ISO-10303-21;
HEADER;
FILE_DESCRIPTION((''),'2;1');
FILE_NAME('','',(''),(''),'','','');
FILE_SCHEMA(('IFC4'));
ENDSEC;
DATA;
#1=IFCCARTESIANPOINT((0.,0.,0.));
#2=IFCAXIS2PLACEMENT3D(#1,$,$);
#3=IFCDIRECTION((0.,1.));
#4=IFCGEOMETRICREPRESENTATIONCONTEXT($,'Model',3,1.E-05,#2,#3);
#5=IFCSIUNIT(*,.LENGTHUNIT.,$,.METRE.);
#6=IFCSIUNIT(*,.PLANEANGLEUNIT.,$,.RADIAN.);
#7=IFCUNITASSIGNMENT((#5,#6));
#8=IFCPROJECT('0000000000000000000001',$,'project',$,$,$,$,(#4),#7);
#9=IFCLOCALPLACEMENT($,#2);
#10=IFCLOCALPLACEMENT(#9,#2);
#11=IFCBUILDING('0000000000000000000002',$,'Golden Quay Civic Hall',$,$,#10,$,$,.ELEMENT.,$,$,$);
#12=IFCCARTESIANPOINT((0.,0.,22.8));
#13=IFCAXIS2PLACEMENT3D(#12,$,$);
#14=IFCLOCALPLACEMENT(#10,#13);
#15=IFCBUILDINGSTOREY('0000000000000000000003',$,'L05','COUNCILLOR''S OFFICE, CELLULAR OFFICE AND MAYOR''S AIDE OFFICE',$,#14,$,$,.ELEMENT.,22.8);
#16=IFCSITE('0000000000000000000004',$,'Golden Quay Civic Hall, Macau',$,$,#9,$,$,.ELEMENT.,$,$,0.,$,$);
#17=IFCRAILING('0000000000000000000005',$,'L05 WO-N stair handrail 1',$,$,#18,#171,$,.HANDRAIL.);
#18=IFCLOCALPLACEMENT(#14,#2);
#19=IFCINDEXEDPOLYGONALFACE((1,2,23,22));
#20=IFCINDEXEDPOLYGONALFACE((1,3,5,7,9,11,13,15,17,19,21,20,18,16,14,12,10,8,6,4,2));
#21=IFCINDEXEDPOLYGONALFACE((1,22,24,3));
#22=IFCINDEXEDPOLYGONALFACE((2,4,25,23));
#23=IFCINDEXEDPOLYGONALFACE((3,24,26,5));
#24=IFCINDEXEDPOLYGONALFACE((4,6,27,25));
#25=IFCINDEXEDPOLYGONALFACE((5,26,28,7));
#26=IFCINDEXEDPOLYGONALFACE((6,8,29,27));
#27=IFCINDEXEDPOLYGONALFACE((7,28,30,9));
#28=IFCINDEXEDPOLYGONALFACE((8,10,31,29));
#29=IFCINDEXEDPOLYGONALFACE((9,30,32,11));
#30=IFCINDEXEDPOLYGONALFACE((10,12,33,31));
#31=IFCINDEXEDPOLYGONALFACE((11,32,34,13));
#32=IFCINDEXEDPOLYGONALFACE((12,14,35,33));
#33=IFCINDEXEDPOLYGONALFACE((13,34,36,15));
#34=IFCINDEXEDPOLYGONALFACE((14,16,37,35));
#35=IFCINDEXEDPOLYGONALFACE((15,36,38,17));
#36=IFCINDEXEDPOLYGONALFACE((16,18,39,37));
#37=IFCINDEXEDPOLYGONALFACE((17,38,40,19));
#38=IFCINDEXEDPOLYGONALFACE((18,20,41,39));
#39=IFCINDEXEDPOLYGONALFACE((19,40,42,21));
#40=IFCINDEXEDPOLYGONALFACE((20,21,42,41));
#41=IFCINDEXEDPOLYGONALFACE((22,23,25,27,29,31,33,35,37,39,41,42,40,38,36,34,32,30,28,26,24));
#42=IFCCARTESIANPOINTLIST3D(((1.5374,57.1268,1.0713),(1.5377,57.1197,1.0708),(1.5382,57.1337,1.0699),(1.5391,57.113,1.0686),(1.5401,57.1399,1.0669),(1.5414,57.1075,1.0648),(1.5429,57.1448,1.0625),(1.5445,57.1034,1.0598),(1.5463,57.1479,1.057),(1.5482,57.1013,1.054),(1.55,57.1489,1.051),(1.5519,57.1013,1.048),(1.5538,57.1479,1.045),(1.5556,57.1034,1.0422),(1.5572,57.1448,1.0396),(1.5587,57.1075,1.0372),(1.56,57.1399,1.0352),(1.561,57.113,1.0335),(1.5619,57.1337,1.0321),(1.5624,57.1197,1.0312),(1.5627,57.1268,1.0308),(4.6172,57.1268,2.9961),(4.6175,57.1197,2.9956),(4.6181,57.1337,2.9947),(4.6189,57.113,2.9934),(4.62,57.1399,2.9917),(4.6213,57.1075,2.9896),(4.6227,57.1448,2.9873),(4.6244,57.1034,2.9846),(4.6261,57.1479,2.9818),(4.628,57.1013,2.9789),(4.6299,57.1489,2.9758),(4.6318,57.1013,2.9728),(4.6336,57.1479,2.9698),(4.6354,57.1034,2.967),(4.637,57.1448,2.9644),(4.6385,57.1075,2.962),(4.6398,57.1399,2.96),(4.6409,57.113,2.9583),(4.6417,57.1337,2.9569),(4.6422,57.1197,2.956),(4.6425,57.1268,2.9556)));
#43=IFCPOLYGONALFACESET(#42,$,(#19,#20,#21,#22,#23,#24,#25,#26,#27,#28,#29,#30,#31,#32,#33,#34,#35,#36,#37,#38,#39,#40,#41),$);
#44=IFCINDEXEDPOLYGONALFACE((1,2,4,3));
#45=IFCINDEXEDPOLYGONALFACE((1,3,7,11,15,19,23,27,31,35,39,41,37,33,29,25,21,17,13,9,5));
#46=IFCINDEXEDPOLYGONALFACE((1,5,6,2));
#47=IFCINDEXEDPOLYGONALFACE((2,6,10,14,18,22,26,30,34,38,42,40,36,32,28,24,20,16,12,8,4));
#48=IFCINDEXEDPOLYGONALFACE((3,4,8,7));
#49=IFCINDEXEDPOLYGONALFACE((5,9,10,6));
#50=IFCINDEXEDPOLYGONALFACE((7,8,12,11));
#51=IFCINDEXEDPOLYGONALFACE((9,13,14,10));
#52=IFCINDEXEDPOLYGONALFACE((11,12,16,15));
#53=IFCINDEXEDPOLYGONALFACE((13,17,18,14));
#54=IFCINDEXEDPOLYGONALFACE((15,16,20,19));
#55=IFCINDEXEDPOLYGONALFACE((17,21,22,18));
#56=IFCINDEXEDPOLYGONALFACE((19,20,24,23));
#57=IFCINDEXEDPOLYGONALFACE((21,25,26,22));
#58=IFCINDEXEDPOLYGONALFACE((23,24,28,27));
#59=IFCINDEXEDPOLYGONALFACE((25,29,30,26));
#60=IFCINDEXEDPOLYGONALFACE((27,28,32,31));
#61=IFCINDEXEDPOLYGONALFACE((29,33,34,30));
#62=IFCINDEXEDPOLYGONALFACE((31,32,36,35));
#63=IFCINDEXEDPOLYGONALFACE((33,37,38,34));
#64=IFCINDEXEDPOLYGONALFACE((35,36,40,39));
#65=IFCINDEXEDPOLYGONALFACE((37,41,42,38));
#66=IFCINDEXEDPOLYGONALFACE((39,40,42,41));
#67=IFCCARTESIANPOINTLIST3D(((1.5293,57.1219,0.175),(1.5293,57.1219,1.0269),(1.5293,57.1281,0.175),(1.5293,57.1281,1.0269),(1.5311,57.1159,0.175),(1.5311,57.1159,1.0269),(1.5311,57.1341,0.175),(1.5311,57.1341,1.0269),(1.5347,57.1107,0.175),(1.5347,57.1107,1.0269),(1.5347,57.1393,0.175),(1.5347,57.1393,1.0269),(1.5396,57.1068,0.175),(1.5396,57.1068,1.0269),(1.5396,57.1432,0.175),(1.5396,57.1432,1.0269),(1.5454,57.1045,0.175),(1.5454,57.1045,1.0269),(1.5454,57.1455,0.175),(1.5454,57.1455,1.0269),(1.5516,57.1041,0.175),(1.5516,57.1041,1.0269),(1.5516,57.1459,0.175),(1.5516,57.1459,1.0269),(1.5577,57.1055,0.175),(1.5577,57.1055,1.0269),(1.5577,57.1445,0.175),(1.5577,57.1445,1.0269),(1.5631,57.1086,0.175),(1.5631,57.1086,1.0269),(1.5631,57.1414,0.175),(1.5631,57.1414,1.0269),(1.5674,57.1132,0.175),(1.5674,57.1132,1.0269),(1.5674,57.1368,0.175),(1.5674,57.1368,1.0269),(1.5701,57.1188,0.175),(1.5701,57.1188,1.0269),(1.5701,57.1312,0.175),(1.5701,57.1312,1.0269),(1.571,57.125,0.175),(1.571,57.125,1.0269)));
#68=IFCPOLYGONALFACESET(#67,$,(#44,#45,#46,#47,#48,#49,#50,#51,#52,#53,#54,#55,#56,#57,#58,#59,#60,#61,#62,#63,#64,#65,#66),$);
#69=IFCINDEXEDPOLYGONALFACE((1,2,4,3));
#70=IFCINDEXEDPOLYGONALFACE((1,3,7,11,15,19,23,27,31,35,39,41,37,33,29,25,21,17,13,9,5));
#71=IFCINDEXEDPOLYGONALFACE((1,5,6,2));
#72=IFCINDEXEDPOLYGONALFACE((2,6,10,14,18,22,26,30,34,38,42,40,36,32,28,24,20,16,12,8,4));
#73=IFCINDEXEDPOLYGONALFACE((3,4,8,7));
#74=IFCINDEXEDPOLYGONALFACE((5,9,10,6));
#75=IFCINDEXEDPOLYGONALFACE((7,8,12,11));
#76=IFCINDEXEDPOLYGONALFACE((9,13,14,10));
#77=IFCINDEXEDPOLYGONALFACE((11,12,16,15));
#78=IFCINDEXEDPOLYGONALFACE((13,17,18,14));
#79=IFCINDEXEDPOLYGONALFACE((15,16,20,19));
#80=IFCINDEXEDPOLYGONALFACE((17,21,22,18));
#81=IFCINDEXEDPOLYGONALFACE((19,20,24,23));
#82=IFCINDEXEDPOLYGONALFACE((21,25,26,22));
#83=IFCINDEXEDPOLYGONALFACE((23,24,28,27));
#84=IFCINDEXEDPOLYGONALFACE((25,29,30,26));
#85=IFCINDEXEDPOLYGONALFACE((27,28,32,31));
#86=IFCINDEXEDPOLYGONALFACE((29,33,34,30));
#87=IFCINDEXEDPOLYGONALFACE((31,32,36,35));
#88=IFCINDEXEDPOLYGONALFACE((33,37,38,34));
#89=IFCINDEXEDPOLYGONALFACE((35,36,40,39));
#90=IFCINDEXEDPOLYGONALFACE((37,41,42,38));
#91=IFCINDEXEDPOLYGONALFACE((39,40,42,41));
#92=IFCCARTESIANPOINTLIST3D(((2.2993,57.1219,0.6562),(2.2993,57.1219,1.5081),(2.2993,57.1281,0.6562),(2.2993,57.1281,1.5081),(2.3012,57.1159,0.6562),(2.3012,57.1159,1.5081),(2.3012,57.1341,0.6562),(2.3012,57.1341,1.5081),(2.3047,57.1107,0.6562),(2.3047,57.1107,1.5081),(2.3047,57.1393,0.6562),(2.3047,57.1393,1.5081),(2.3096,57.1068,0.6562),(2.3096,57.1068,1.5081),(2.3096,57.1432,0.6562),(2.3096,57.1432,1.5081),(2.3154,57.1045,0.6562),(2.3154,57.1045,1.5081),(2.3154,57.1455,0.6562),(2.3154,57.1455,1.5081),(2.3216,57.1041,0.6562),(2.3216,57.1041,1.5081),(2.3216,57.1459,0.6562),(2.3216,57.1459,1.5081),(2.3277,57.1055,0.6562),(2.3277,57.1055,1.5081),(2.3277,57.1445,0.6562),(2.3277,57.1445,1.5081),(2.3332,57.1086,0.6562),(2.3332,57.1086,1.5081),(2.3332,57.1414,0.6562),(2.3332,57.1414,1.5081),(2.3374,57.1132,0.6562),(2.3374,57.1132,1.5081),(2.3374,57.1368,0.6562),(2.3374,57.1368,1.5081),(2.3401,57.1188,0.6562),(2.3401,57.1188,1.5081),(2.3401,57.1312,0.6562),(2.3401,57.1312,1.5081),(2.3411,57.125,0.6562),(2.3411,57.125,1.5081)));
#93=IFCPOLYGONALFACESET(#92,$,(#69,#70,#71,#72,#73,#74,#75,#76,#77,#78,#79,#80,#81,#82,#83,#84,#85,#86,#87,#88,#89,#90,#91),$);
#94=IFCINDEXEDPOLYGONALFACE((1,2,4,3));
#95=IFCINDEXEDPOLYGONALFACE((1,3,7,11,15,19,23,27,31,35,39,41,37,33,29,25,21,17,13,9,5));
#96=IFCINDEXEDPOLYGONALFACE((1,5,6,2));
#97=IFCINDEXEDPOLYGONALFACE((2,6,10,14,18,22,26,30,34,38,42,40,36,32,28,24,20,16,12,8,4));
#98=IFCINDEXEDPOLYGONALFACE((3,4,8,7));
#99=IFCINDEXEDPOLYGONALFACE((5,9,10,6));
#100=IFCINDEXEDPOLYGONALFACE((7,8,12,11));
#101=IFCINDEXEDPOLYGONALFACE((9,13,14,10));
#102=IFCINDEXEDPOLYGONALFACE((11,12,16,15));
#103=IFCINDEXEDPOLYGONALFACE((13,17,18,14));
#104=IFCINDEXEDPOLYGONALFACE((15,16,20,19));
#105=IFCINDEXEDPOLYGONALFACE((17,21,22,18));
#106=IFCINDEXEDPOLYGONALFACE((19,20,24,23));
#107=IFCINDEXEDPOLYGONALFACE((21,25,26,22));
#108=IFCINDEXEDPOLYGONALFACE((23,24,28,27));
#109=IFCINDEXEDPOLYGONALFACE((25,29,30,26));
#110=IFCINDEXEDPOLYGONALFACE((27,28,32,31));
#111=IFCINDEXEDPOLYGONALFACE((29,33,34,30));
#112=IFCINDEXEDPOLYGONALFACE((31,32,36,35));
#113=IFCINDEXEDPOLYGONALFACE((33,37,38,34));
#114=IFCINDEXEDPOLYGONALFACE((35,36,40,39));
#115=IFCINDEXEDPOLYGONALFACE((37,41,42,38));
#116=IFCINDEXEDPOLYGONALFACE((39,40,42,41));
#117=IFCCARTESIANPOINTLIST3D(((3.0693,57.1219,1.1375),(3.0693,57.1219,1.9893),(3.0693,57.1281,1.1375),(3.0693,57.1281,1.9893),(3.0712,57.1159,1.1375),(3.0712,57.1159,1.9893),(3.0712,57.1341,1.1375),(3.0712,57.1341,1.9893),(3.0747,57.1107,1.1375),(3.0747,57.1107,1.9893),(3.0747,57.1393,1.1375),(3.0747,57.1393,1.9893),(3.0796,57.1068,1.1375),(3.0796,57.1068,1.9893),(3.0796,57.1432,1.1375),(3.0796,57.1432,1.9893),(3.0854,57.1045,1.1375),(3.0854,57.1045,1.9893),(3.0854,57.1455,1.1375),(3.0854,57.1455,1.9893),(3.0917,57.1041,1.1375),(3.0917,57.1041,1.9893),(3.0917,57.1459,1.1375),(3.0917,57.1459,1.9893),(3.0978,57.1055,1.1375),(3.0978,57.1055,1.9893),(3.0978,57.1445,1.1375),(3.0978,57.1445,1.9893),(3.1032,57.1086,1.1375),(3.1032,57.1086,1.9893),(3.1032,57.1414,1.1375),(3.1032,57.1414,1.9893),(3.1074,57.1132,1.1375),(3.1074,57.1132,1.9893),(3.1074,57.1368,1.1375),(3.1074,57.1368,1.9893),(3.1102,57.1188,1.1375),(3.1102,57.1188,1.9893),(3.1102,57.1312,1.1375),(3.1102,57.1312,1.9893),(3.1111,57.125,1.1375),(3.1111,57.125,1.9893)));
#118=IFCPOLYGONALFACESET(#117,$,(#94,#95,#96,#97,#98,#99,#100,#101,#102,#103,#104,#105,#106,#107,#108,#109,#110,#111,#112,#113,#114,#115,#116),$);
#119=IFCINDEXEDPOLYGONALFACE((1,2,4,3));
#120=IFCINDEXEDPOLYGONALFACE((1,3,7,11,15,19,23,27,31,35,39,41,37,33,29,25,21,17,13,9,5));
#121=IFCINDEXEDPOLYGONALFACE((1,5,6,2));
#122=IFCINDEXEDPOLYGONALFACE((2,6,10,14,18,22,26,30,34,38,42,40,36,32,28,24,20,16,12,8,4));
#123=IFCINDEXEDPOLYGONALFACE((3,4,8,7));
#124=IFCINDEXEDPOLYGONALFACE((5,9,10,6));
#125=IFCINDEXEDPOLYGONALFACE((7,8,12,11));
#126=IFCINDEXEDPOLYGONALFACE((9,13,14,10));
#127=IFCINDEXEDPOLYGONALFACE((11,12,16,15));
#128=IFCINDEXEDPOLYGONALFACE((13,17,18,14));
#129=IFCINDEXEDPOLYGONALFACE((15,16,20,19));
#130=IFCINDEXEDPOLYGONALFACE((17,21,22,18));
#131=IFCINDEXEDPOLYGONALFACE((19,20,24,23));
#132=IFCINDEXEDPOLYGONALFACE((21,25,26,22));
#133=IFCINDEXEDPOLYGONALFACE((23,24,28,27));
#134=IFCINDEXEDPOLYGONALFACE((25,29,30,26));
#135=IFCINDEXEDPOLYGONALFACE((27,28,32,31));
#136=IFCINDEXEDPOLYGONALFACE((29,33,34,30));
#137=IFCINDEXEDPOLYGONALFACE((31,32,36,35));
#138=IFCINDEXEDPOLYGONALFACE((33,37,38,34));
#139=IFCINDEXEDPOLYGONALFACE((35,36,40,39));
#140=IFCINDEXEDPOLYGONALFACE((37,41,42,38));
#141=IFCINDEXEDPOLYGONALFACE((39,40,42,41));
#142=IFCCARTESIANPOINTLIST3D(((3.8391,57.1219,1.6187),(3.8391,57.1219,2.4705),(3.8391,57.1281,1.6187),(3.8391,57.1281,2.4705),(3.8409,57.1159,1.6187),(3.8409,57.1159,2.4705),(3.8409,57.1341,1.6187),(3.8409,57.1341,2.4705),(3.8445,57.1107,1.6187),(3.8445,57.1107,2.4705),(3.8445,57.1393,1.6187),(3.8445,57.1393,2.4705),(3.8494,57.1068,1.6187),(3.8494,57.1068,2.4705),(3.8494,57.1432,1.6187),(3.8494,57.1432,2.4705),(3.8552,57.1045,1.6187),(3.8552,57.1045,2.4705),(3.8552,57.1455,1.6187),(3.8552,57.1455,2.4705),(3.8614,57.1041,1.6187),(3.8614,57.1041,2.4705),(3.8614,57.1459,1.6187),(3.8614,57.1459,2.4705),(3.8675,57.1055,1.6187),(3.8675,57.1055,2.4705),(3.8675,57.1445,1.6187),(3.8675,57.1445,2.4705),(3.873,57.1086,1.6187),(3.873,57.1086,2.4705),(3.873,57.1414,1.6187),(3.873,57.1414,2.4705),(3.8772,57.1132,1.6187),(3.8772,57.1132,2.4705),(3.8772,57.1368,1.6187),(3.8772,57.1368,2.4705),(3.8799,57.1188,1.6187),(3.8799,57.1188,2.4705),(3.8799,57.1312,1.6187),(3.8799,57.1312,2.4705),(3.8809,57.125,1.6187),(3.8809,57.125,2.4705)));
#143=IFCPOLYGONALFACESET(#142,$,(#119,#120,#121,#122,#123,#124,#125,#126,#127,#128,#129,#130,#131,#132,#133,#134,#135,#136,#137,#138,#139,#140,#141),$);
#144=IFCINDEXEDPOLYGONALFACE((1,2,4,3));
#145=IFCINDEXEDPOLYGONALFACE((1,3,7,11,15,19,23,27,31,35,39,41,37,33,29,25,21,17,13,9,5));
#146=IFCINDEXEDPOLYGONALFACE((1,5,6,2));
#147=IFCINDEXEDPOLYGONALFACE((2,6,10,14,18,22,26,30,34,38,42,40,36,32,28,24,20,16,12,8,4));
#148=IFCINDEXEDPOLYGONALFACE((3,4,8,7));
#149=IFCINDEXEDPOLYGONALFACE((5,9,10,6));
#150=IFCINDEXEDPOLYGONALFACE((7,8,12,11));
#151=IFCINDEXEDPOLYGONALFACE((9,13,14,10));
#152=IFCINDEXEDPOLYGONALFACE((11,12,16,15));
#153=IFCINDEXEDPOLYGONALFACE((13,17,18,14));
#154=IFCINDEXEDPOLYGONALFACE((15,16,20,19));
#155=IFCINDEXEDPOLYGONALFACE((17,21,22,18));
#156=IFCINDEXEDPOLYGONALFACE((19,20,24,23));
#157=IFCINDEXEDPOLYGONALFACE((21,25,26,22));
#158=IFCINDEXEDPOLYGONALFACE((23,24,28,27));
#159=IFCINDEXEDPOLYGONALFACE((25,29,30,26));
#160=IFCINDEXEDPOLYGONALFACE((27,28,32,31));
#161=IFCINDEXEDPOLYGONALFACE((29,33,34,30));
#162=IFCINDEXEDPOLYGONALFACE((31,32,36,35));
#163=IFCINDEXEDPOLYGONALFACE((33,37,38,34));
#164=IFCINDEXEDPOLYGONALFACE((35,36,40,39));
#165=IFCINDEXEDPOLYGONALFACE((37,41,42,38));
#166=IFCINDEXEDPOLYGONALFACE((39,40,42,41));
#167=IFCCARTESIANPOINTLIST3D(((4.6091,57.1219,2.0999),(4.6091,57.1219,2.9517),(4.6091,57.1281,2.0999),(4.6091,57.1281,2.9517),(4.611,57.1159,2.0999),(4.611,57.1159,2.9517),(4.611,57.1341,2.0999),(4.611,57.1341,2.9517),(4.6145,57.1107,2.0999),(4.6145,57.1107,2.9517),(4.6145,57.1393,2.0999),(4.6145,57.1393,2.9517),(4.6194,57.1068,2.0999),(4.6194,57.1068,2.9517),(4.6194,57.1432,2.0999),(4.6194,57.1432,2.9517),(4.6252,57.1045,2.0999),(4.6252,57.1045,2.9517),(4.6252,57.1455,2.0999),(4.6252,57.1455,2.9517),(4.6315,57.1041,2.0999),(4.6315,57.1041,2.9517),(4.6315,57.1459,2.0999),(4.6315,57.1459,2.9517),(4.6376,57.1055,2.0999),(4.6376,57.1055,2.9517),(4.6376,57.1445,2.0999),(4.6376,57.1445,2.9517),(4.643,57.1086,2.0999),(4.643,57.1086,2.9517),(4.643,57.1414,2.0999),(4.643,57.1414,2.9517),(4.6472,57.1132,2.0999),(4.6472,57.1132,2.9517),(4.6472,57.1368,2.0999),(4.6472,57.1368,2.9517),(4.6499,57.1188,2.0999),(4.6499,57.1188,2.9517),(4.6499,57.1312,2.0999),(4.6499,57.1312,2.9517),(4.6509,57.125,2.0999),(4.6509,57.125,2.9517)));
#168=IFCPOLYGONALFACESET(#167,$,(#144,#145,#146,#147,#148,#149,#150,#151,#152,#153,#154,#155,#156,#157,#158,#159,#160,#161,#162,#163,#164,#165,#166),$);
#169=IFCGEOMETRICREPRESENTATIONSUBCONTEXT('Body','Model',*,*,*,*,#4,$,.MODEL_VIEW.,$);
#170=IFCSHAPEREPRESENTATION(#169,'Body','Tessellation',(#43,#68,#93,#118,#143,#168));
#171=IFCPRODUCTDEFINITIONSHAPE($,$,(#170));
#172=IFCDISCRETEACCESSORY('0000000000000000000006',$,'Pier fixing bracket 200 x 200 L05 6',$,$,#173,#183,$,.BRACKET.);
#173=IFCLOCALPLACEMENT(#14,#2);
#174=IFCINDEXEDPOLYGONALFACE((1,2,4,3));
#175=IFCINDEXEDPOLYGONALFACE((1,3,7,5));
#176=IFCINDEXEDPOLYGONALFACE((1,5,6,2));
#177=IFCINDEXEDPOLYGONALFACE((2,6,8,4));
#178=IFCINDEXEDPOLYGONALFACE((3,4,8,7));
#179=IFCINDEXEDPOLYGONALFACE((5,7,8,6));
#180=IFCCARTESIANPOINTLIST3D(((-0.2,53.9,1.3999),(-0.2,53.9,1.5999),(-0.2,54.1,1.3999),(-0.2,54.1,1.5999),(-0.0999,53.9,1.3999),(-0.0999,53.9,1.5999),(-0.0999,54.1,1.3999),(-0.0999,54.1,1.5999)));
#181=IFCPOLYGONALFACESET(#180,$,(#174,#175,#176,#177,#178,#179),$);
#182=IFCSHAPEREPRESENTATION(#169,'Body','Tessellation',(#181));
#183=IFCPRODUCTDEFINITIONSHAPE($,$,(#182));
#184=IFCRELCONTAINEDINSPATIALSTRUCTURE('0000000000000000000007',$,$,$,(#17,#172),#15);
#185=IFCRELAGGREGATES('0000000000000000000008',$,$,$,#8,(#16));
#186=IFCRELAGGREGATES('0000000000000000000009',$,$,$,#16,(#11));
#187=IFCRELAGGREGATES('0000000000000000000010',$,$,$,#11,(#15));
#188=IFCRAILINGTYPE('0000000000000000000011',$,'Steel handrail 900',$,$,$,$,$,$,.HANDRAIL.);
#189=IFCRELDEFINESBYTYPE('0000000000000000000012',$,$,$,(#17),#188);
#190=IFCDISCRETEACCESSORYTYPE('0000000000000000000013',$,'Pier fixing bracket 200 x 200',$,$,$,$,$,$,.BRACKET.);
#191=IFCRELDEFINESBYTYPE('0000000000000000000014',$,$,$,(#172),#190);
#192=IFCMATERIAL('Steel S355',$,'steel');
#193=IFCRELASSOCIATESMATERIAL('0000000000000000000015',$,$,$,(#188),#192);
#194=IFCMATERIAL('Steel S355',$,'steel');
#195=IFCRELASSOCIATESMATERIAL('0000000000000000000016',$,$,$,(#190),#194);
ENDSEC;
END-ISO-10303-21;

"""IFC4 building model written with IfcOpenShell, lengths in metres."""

from ifc_helpers import new_model, si_unit, direction, frame, origin, origin_2d, place, context, subcontext, project, spatial, rectangle, circle, extrude, material, type_object, element, save


model = new_model("IFC4")

# Units and contexts
model_context = context("Model", 3, precision=1e-05, world=origin(), true_north=direction((0.0, 1.0)))
body_context = subcontext(model_context, "Body", "Model", "MODEL_VIEW")
ifc_project = project(units=[si_unit("LENGTHUNIT", "METRE"), si_unit("PLANEANGLEUNIT", "RADIAN")], contexts=[model_context])

# Site, building, storey
site_placement = place(None, origin())
site = spatial("IfcSite", under=ifc_project, at=site_placement, Name="Golden Quay Civic Hall, Macau", CompositionType="ELEMENT", RefElevation=0.0)
building_placement = place(site_placement, origin())
building = spatial("IfcBuilding", under=site, at=building_placement, Name="Golden Quay Civic Hall", CompositionType="ELEMENT")
storey_placement = place(building_placement, frame((0.0, 0.0, 22.8)))
storey = spatial("IfcBuildingStorey", under=building, at=storey_placement, Name="L05", Description="COUNCILLOR'S OFFICE, CELLULAR OFFICE AND MAYOR'S AIDE OFFICE", CompositionType="ELEMENT", Elevation=22.8)

# Railing
ifc_material_1 = material(Name="Steel S355", Category="steel")
railing_type = type_object("IfcRailingType", Name="Steel handrail 900", PredefinedType="HANDRAIL", material=ifc_material_1)
railing_placement = place(storey_placement, frame((1.55, 57.125, 0.175)))
element("IfcRailing", 1, at=railing_placement, inside=storey, type_object=railing_type, Name="L05 WO-N stair handrail 1", PredefinedType="HANDRAIL", context=body_context, shape_type="SweptSolid", body=[
    extrude(circle(Radius=0.0239, at=origin_2d()), frame((0.0, 0.0, 0.876), z_axis=(0.84801, 0.0, 0.529981), x_axis=(0.0, 1.0, 0.0)), (0.0, 0.0, 1.0), 3.6318),
    extrude(circle(Radius=0.021, at=origin_2d()), origin(), (0.0, 0.0, 1.0), 0.8518),
    extrude(circle(Radius=0.021, at=origin_2d()), frame((0.77, 0.0, 0.4812)), (0.0, 0.0, 1.0), 0.8518),
    extrude(circle(Radius=0.021, at=origin_2d()), frame((1.54, 0.0, 0.9624)), (0.0, 0.0, 1.0), 0.8518),
    extrude(circle(Radius=0.021, at=origin_2d()), frame((2.3098, 0.0, 1.4436)), (0.0, 0.0, 1.0), 0.8518),
    extrude(circle(Radius=0.021, at=origin_2d()), frame((3.0798, 0.0, 1.9248)), (0.0, 0.0, 1.0), 0.8518),
])

# Discrete accessory
ifc_material_2 = material(Name="Steel S355", Category="steel")
discrete_accessory_type = type_object("IfcDiscreteAccessoryType", Name="Pier fixing bracket 200 x 200", PredefinedType="BRACKET", material=ifc_material_2)
discrete_accessory_placement = place(storey_placement, frame((-0.1499, 54.0, 1.3999), z_axis=(0.0, 0.0, 1.0), x_axis=(0.0, -1.0, 0.0)))
element("IfcDiscreteAccessory", 2, at=discrete_accessory_placement, inside=storey, type_object=discrete_accessory_type, Name="Pier fixing bracket 200 x 200 L05 6", PredefinedType="BRACKET", context=body_context, shape_type="SweptSolid", body=[
    extrude(rectangle(XDim=0.2, YDim=0.1001, at=origin_2d()), origin(), (0.0, 0.0, 1.0), 0.2),
])

save(model, "model.ifc")
